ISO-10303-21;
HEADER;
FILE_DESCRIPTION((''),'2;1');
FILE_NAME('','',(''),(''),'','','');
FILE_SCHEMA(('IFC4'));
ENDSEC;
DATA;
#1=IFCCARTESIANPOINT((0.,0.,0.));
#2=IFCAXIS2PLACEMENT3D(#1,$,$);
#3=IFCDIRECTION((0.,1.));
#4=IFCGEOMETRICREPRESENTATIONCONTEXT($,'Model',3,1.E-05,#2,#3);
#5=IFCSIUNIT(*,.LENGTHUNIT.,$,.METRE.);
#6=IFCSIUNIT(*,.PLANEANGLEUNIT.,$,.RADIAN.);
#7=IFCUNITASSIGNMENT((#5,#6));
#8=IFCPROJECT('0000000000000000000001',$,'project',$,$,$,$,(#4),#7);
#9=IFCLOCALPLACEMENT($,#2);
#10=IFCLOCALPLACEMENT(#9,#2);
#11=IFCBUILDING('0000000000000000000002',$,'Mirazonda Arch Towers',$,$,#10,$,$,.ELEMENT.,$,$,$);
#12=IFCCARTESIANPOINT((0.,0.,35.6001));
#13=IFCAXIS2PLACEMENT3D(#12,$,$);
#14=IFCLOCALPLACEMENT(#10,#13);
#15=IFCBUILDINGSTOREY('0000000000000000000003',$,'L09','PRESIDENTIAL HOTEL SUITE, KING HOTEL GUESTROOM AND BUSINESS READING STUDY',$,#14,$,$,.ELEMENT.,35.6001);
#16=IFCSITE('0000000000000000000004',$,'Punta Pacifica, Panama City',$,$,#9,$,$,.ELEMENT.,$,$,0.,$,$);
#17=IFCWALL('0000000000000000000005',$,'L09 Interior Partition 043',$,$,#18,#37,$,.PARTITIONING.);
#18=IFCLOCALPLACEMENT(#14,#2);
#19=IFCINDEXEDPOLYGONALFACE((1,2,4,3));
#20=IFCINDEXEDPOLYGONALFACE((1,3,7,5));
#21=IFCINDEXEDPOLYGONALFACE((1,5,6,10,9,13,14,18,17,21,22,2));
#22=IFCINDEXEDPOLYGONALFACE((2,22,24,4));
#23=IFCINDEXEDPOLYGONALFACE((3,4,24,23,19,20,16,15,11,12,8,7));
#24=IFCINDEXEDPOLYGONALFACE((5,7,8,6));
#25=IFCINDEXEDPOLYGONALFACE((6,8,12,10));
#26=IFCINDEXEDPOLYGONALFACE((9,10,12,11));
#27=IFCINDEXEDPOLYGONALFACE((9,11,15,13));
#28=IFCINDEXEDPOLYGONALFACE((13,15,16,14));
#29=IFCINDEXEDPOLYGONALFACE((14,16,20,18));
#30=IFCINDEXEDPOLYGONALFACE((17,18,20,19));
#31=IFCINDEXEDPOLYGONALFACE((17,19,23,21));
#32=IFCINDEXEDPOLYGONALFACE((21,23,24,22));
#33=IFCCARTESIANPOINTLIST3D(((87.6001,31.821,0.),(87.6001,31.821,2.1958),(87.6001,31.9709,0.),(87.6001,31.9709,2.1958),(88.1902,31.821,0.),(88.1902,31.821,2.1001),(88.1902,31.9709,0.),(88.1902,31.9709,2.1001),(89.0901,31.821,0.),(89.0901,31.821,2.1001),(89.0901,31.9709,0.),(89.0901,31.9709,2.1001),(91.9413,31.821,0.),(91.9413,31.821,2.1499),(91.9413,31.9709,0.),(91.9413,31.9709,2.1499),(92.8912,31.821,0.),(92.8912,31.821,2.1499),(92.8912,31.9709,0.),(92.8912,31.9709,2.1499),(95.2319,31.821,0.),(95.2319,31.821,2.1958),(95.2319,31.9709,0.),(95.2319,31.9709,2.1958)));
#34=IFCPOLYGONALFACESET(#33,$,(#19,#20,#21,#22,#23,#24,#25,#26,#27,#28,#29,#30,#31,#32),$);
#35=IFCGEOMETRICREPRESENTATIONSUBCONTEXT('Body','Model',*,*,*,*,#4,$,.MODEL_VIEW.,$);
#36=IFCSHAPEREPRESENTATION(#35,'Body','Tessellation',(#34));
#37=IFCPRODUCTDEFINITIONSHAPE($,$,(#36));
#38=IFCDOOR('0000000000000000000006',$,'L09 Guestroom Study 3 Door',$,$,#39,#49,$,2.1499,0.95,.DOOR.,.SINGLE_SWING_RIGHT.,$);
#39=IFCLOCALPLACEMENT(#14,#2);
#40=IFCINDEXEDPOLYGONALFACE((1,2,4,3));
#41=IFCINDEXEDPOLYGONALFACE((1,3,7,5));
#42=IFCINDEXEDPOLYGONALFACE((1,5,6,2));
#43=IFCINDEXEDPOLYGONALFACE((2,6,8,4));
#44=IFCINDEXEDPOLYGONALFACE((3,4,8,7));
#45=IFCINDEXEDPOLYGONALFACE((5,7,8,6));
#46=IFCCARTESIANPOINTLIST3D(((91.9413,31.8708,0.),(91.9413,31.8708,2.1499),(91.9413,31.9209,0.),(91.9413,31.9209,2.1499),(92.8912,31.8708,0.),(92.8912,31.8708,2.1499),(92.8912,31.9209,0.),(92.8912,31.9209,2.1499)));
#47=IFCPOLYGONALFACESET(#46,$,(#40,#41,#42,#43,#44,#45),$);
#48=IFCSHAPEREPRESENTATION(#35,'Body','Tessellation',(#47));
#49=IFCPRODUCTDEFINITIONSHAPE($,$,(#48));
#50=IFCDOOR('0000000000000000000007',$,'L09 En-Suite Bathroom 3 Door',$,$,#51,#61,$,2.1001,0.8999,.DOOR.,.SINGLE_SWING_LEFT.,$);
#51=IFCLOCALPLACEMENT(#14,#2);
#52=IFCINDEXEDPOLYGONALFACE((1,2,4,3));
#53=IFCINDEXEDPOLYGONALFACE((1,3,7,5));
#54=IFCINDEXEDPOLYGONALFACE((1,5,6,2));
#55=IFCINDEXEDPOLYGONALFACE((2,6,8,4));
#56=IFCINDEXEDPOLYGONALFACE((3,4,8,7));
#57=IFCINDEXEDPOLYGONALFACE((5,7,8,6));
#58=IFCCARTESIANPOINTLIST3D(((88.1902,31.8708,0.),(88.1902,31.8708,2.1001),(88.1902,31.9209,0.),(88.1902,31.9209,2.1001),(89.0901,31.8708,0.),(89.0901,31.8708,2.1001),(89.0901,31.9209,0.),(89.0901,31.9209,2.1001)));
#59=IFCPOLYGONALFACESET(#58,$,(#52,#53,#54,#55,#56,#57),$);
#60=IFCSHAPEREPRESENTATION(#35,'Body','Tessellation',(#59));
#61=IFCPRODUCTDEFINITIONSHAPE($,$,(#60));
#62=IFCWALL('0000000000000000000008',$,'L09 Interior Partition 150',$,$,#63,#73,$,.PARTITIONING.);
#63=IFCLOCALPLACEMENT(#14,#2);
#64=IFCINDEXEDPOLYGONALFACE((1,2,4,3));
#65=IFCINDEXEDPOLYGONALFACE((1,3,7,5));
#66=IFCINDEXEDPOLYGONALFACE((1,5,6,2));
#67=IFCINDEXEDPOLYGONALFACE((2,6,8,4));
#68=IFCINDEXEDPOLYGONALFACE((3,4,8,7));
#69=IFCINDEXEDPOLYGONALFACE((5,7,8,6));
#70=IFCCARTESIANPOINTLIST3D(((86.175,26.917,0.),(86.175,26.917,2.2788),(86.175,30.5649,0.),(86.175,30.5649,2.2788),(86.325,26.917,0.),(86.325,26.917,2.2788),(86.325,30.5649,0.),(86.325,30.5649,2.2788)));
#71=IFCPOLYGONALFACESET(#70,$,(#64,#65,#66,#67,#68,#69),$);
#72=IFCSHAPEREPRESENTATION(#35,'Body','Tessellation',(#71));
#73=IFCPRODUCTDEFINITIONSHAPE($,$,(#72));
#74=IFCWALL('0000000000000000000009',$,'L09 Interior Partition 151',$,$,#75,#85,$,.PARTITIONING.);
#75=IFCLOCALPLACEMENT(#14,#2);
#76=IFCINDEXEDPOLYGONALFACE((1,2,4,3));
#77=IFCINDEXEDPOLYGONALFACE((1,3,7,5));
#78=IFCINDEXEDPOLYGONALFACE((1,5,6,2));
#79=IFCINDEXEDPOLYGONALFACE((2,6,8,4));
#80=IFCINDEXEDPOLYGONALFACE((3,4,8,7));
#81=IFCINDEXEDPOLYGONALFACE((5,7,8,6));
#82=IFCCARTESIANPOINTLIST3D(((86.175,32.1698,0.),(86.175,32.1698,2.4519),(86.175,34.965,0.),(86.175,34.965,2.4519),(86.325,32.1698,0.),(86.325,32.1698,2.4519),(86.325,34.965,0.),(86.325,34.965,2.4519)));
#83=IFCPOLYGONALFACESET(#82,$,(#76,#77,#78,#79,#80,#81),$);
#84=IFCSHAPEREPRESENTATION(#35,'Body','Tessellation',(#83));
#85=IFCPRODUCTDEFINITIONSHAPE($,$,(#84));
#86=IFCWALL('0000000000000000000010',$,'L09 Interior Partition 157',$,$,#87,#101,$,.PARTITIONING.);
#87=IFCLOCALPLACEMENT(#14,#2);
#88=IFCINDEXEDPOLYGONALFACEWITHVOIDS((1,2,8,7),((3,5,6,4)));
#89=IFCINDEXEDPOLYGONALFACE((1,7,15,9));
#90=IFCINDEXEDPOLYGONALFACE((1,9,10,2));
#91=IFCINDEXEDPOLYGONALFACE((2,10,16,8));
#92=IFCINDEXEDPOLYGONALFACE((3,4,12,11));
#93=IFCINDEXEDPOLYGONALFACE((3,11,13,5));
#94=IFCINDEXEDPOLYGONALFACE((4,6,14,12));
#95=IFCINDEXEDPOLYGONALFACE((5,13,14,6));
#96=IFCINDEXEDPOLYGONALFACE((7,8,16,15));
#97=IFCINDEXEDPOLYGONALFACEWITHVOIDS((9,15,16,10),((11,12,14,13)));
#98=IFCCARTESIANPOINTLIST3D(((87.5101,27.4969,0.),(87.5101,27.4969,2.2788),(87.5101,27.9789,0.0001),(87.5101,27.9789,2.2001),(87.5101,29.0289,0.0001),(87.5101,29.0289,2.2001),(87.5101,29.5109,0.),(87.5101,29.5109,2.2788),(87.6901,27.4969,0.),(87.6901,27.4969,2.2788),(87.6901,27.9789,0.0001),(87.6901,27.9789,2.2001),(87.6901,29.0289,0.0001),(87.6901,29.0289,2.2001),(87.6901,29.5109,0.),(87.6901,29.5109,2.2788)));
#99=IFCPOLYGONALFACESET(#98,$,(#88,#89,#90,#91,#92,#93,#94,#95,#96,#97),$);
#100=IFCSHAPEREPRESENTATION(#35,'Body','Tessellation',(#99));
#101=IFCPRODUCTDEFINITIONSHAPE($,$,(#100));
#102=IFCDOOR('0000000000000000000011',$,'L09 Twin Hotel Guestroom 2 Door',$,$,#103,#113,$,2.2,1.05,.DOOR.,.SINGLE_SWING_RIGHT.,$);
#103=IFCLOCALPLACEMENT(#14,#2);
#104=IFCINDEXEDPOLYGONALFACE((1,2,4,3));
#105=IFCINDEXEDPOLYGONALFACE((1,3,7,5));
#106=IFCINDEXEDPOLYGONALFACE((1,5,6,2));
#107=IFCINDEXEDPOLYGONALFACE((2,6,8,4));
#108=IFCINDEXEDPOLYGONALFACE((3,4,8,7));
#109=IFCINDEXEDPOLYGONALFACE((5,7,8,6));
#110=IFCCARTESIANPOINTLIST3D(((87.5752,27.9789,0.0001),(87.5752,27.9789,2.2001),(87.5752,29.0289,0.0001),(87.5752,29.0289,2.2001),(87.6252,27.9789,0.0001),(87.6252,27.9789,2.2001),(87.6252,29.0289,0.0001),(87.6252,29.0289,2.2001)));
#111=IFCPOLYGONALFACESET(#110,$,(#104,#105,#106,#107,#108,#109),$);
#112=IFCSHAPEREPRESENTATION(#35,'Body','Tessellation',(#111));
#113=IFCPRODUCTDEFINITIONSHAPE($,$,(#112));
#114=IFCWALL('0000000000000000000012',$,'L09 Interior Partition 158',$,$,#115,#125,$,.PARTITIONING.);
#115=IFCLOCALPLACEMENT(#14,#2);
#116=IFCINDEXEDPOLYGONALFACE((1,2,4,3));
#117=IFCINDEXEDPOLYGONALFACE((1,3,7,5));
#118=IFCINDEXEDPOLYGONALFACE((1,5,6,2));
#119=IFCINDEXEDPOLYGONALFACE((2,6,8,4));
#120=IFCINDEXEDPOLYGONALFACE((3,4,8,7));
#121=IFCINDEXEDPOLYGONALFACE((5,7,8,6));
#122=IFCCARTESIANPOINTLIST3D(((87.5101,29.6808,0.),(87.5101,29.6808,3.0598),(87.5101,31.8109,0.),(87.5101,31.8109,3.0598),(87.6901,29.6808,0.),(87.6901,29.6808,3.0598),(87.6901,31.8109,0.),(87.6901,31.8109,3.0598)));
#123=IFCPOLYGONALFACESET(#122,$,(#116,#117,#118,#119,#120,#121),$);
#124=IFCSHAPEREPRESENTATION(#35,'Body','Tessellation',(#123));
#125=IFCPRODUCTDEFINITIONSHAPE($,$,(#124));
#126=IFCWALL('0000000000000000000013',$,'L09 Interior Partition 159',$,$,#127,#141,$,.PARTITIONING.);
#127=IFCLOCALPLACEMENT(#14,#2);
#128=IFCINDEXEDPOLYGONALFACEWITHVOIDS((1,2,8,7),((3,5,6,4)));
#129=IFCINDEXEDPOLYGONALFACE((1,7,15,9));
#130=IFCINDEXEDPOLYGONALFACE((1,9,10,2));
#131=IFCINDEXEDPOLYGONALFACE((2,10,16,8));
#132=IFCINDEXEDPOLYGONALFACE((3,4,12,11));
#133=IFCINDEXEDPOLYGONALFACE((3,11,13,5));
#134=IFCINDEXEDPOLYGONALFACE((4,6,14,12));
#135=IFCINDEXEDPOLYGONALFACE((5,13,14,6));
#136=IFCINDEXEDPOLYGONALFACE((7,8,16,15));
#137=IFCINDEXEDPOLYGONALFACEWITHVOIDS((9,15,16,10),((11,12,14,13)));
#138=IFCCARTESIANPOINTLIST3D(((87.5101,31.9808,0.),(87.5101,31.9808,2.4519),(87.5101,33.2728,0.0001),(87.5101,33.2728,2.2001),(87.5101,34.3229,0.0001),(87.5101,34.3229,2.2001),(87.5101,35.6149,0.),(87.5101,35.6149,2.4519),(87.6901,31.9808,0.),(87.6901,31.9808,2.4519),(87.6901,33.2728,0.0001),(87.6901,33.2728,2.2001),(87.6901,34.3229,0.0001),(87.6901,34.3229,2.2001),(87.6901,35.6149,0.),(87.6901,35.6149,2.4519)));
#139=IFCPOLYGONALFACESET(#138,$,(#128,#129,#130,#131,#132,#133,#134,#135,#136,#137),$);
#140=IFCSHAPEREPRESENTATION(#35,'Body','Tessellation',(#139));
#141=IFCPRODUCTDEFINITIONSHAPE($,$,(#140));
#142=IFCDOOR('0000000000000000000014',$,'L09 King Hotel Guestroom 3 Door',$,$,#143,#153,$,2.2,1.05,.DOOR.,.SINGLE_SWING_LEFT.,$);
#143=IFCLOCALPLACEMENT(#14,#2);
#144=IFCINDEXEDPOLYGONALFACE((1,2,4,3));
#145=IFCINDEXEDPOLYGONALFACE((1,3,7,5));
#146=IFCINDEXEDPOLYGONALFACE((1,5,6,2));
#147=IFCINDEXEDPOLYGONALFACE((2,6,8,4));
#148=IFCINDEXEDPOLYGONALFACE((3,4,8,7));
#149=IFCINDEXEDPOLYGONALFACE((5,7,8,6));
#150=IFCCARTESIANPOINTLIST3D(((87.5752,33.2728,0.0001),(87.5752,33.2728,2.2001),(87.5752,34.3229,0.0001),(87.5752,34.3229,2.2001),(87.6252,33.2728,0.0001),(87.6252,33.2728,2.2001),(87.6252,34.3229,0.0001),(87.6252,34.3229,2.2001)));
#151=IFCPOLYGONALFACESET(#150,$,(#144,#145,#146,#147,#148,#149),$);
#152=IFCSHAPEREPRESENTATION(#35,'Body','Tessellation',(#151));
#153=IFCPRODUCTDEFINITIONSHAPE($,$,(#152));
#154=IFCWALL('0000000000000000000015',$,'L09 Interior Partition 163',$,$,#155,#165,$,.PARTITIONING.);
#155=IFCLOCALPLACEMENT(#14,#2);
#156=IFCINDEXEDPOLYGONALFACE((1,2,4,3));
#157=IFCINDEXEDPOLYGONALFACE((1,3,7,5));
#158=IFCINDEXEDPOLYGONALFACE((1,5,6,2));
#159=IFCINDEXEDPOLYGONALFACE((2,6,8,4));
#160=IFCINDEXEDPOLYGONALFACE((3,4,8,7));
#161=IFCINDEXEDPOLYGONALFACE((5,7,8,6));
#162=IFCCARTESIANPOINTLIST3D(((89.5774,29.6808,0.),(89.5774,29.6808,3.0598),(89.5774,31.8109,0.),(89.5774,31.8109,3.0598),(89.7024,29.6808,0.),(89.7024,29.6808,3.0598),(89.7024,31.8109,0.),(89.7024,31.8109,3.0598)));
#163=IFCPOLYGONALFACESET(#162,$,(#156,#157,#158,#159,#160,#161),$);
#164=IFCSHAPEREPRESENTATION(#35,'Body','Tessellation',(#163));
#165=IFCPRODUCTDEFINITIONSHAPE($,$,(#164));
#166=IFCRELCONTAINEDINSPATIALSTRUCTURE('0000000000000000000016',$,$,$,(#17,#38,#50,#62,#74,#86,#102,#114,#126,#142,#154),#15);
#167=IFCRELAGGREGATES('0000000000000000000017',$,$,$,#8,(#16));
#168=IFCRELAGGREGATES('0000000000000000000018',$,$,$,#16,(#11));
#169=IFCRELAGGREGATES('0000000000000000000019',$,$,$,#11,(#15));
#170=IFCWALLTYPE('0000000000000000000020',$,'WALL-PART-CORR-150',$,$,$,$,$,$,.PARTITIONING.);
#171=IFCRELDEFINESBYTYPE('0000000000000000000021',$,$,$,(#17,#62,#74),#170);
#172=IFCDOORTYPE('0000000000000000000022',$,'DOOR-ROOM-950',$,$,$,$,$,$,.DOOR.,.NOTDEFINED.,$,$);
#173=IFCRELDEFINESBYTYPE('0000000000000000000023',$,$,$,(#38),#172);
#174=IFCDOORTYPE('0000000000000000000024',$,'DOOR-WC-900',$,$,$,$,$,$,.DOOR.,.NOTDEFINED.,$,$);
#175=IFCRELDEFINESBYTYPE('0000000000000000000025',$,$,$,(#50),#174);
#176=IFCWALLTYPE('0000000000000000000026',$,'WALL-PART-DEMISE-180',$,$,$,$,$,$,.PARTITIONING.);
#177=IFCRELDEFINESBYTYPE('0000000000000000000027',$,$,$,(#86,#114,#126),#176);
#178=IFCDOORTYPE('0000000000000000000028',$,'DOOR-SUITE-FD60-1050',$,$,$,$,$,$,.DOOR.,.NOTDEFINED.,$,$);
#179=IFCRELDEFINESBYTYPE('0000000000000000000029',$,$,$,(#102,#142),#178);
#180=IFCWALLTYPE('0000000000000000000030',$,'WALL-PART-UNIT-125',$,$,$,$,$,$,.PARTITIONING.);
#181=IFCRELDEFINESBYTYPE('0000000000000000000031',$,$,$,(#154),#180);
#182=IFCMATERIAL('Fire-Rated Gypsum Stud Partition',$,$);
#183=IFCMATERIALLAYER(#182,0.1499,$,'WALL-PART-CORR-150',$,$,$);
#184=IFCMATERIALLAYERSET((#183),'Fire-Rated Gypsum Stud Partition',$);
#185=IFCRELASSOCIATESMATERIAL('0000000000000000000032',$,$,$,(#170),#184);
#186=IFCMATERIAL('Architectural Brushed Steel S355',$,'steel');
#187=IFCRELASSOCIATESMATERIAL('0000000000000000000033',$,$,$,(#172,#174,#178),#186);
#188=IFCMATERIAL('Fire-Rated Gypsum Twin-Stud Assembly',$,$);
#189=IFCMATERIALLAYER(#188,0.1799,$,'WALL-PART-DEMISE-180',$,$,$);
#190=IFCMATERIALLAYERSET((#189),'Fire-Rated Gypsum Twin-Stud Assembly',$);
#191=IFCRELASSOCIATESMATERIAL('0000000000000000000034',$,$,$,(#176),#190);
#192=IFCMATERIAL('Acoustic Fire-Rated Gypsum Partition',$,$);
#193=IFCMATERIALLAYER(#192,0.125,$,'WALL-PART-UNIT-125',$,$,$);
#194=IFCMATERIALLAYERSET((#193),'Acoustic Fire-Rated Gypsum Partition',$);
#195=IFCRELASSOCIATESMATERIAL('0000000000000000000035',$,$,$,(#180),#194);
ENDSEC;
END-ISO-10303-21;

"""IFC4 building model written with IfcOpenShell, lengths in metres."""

from ifc_helpers import new_model, si_unit, direction, frame, frame_2d, origin, place, context, subcontext, project, spatial, rectangle, extrude, material, layer, layer_set, type_object, element, fill, save


model = new_model("IFC4")

# Units and contexts
model_context = context("Model", 3, precision=1e-05, world=origin(), true_north=direction((0.0, 1.0)))
body_context = subcontext(model_context, "Body", "Model", "MODEL_VIEW")
ifc_project = project(units=[si_unit("LENGTHUNIT", "METRE"), si_unit("PLANEANGLEUNIT", "RADIAN")], contexts=[model_context])

# Site, building, storey
site_placement = place(None, origin())
site = spatial("IfcSite", under=ifc_project, at=site_placement, Name="Punta Pacifica, Panama City", CompositionType="ELEMENT", RefElevation=0.0)
building_placement = place(site_placement, origin())
building = spatial("IfcBuilding", under=site, at=building_placement, Name="Mirazonda Arch Towers", CompositionType="ELEMENT")
storey_placement = place(building_placement, frame((0.0, 0.0, 35.6001)))
storey = spatial("IfcBuildingStorey", under=building, at=storey_placement, Name="L09", Description="PRESIDENTIAL HOTEL SUITE, KING HOTEL GUESTROOM AND BUSINESS READING STUDY", CompositionType="ELEMENT", Elevation=35.6001)

# Shared definitions
ifc_material_1 = material(Name="Fire-Rated Gypsum Stud Partition")
ifc_layer_1 = layer(ifc_material_1, 0.1499, Name="WALL-PART-CORR-150")
ifc_layer_set_1 = layer_set([ifc_layer_1], Name="Fire-Rated Gypsum Stud Partition")
wall_type_1 = type_object("IfcWallType", Name="WALL-PART-CORR-150", PredefinedType="PARTITIONING", material=ifc_layer_set_1)
ifc_material_2 = material(Name="Architectural Brushed Steel S355", Category="steel")
door_type_1 = type_object("IfcDoorType", Name="DOOR-ROOM-950", OperationType="NOTDEFINED", PredefinedType="DOOR", material=ifc_material_2)
door_type_2 = type_object("IfcDoorType", Name="DOOR-WC-900", OperationType="NOTDEFINED", PredefinedType="DOOR", material=ifc_material_2)

# Wall, openings, doors
wall_1_placement = place(storey_placement, frame((87.6001, 31.896, 0.0), z_axis=(0.0, 0.0, 1.0), x_axis=(1.0, 0.0, 0.0)))
wall_1 = element("IfcWall", 1, at=wall_1_placement, inside=storey, type_object=wall_type_1, Name="L09 Interior Partition 043", PredefinedType="PARTITIONING", context=body_context, shape_type="SweptSolid", body=[
    extrude(rectangle(XDim=7.6318, YDim=0.1499, at=frame_2d((3.8159, 0.0))), origin(), (0.0, 0.0, 1.0), 2.1958),
])
opening_1_placement = place(wall_1_placement, frame((4.3411, 0.0, 0.0)))
opening_1 = element("IfcOpeningElement", 2, at=opening_1_placement, cuts=wall_1, PredefinedType="OPENING", context=body_context, shape_type="SweptSolid", body=[
    extrude(rectangle(XDim=0.95, YDim=2.1499, at=frame_2d((0.4751, 1.075))), frame((0.0, 0.085, 0.0), z_axis=(0.0, -1.0, 0.0), x_axis=(1.0, 0.0, 0.0)), (0.0, 0.0, 1.0), 0.1699),
])
opening_2_placement = place(wall_1_placement, frame((0.5901, 0.0, 0.0)))
opening_2 = element("IfcOpeningElement", 3, at=opening_2_placement, cuts=wall_1, PredefinedType="OPENING", context=body_context, shape_type="SweptSolid", body=[
    extrude(rectangle(XDim=0.8999, YDim=2.1001, at=frame_2d((0.45, 1.05))), frame((0.0, 0.085, 0.0), z_axis=(0.0, -1.0, 0.0), x_axis=(1.0, 0.0, 0.0)), (0.0, 0.0, 1.0), 0.1699),
])
door_1_placement = place(opening_1_placement, origin())
door_1 = element("IfcDoor", 4, at=door_1_placement, inside=storey, type_object=door_type_1, Name="L09 Guestroom Study 3 Door", OperationType="SINGLE_SWING_RIGHT", OverallHeight=2.1499, OverallWidth=0.95, PredefinedType="DOOR", context=body_context, shape_type="SweptSolid", body=[
    extrude(rectangle(XDim=0.95, YDim=2.1499, at=frame_2d((0.4751, 1.075))), frame((0.0, 0.0249, 0.0), z_axis=(0.0, -1.0, 0.0), x_axis=(1.0, 0.0, 0.0)), (0.0, 0.0, 1.0), 0.05),
])
fill(opening_1, door_1)
door_2_placement = place(opening_2_placement, origin())
door_2 = element("IfcDoor", 5, at=door_2_placement, inside=storey, type_object=door_type_2, Name="L09 En-Suite Bathroom 3 Door", OperationType="SINGLE_SWING_LEFT", OverallHeight=2.1001, OverallWidth=0.8999, PredefinedType="DOOR", context=body_context, shape_type="SweptSolid", body=[
    extrude(rectangle(XDim=0.8999, YDim=2.1001, at=frame_2d((0.45, 1.05))), frame((0.0, 0.0249, 0.0), z_axis=(0.0, -1.0, 0.0), x_axis=(1.0, 0.0, 0.0)), (0.0, 0.0, 1.0), 0.05),
])
fill(opening_2, door_2)

# Walls
wall_2_placement = place(storey_placement, frame((86.25, 26.917, 0.0), z_axis=(0.0, 0.0, 1.0), x_axis=(0.0, 1.0, 0.0)))
element("IfcWall", 6, at=wall_2_placement, inside=storey, type_object=wall_type_1, Name="L09 Interior Partition 150", PredefinedType="PARTITIONING", context=body_context, shape_type="SweptSolid", body=[
    extrude(rectangle(XDim=3.6479, YDim=0.1499, at=frame_2d((1.824, 0.0))), origin(), (0.0, 0.0, 1.0), 2.2788),
])
wall_3_placement = place(storey_placement, frame((86.25, 32.1699, 0.0), z_axis=(0.0, 0.0, 1.0), x_axis=(0.0, 1.0, 0.0)))
element("IfcWall", 7, at=wall_3_placement, inside=storey, type_object=wall_type_1, Name="L09 Interior Partition 151", PredefinedType="PARTITIONING", context=body_context, shape_type="SweptSolid", body=[
    extrude(rectangle(XDim=2.7952, YDim=0.1499, at=frame_2d((1.3975, 0.0))), origin(), (0.0, 0.0, 1.0), 2.4519),
])

# Wall, opening, door
ifc_material_3 = material(Name="Fire-Rated Gypsum Twin-Stud Assembly")
ifc_layer_2 = layer(ifc_material_3, 0.1799, Name="WALL-PART-DEMISE-180")
ifc_layer_set_2 = layer_set([ifc_layer_2], Name="Fire-Rated Gypsum Twin-Stud Assembly")
wall_type_2 = type_object("IfcWallType", Name="WALL-PART-DEMISE-180", PredefinedType="PARTITIONING", material=ifc_layer_set_2)
wall_4_placement = place(storey_placement, frame((87.6001, 27.4971, 0.0), z_axis=(0.0, 0.0, 1.0), x_axis=(0.0, 1.0, 0.0)))
wall_4 = element("IfcWall", 8, at=wall_4_placement, inside=storey, type_object=wall_type_2, Name="L09 Interior Partition 157", PredefinedType="PARTITIONING", context=body_context, shape_type="SweptSolid", body=[
    extrude(rectangle(XDim=2.0139, YDim=0.1799, at=frame_2d((1.0068, 0.0))), origin(), (0.0, 0.0, 1.0), 2.2788),
])
opening_3_placement = place(wall_4_placement, frame((0.4819, 0.0, 0.0)))
opening_3 = element("IfcOpeningElement", 9, at=opening_3_placement, cuts=wall_4, PredefinedType="OPENING", context=body_context, shape_type="SweptSolid", body=[
    extrude(rectangle(XDim=1.05, YDim=2.2, at=frame_2d((0.5249, 1.1001))), frame((0.0, 0.0999, 0.0), z_axis=(0.0, -1.0, 0.0), x_axis=(1.0, 0.0, 0.0)), (0.0, 0.0, 1.0), 0.2),
])
door_type_3 = type_object("IfcDoorType", Name="DOOR-SUITE-FD60-1050", OperationType="NOTDEFINED", PredefinedType="DOOR", material=ifc_material_2)
door_3_placement = place(opening_3_placement, origin())
door_3 = element("IfcDoor", 10, at=door_3_placement, inside=storey, type_object=door_type_3, Name="L09 Twin Hotel Guestroom 2 Door", OperationType="SINGLE_SWING_RIGHT", OverallHeight=2.2, OverallWidth=1.05, PredefinedType="DOOR", context=body_context, shape_type="SweptSolid", body=[
    extrude(rectangle(XDim=1.05, YDim=2.2, at=frame_2d((0.5249, 1.1001))), frame((0.0, 0.0249, 0.0), z_axis=(0.0, -1.0, 0.0), x_axis=(1.0, 0.0, 0.0)), (0.0, 0.0, 1.0), 0.05),
])
fill(opening_3, door_3)

# Wall
wall_5_placement = place(storey_placement, frame((87.6001, 29.6809, 0.0), z_axis=(0.0, 0.0, 1.0), x_axis=(0.0, 1.0, 0.0)))
element("IfcWall", 11, at=wall_5_placement, inside=storey, type_object=wall_type_2, Name="L09 Interior Partition 158", PredefinedType="PARTITIONING", context=body_context, shape_type="SweptSolid", body=[
    extrude(rectangle(XDim=2.1301, YDim=0.1799, at=frame_2d((1.0649, 0.0))), origin(), (0.0, 0.0, 1.0), 3.0598),
])

# Wall, opening, door
wall_6_placement = place(storey_placement, frame((87.6001, 31.981, 0.0), z_axis=(0.0, 0.0, 1.0), x_axis=(0.0, 1.0, 0.0)))
wall_6 = element("IfcWall", 12, at=wall_6_placement, inside=storey, type_object=wall_type_2, Name="L09 Interior Partition 159", PredefinedType="PARTITIONING", context=body_context, shape_type="SweptSolid", body=[
    extrude(rectangle(XDim=3.634, YDim=0.1799, at=frame_2d((1.8169, 0.0))), origin(), (0.0, 0.0, 1.0), 2.4519),
])
opening_4_placement = place(wall_6_placement, frame((1.292, 0.0, 0.0)))
opening_4 = element("IfcOpeningElement", 13, at=opening_4_placement, cuts=wall_6, PredefinedType="OPENING", context=body_context, shape_type="SweptSolid", body=[
    extrude(rectangle(XDim=1.05, YDim=2.2, at=frame_2d((0.5249, 1.1001))), frame((0.0, 0.0999, 0.0), z_axis=(0.0, -1.0, 0.0), x_axis=(1.0, 0.0, 0.0)), (0.0, 0.0, 1.0), 0.2),
])
door_4_placement = place(opening_4_placement, origin())
door_4 = element("IfcDoor", 14, at=door_4_placement, inside=storey, type_object=door_type_3, Name="L09 King Hotel Guestroom 3 Door", OperationType="SINGLE_SWING_LEFT", OverallHeight=2.2, OverallWidth=1.05, PredefinedType="DOOR", context=body_context, shape_type="SweptSolid", body=[
    extrude(rectangle(XDim=1.05, YDim=2.2, at=frame_2d((0.5249, 1.1001))), frame((0.0, 0.0249, 0.0), z_axis=(0.0, -1.0, 0.0), x_axis=(1.0, 0.0, 0.0)), (0.0, 0.0, 1.0), 0.05),
])
fill(opening_4, door_4)

# Wall
ifc_material_4 = material(Name="Acoustic Fire-Rated Gypsum Partition")
ifc_layer_3 = layer(ifc_material_4, 0.125, Name="WALL-PART-UNIT-125")
ifc_layer_set_3 = layer_set([ifc_layer_3], Name="Acoustic Fire-Rated Gypsum Partition")
wall_type_3 = type_object("IfcWallType", Name="WALL-PART-UNIT-125", PredefinedType="PARTITIONING", material=ifc_layer_set_3)
wall_7_placement = place(storey_placement, frame((89.6399, 29.6809, 0.0), z_axis=(0.0, 0.0, 1.0), x_axis=(0.0, 1.0, 0.0)))
element("IfcWall", 15, at=wall_7_placement, inside=storey, type_object=wall_type_3, Name="L09 Interior Partition 163", PredefinedType="PARTITIONING", context=body_context, shape_type="SweptSolid", body=[
    extrude(rectangle(XDim=2.1301, YDim=0.125, at=frame_2d((1.0649, 0.0))), origin(), (0.0, 0.0, 1.0), 3.0598),
])

save(model, "model.ifc")
